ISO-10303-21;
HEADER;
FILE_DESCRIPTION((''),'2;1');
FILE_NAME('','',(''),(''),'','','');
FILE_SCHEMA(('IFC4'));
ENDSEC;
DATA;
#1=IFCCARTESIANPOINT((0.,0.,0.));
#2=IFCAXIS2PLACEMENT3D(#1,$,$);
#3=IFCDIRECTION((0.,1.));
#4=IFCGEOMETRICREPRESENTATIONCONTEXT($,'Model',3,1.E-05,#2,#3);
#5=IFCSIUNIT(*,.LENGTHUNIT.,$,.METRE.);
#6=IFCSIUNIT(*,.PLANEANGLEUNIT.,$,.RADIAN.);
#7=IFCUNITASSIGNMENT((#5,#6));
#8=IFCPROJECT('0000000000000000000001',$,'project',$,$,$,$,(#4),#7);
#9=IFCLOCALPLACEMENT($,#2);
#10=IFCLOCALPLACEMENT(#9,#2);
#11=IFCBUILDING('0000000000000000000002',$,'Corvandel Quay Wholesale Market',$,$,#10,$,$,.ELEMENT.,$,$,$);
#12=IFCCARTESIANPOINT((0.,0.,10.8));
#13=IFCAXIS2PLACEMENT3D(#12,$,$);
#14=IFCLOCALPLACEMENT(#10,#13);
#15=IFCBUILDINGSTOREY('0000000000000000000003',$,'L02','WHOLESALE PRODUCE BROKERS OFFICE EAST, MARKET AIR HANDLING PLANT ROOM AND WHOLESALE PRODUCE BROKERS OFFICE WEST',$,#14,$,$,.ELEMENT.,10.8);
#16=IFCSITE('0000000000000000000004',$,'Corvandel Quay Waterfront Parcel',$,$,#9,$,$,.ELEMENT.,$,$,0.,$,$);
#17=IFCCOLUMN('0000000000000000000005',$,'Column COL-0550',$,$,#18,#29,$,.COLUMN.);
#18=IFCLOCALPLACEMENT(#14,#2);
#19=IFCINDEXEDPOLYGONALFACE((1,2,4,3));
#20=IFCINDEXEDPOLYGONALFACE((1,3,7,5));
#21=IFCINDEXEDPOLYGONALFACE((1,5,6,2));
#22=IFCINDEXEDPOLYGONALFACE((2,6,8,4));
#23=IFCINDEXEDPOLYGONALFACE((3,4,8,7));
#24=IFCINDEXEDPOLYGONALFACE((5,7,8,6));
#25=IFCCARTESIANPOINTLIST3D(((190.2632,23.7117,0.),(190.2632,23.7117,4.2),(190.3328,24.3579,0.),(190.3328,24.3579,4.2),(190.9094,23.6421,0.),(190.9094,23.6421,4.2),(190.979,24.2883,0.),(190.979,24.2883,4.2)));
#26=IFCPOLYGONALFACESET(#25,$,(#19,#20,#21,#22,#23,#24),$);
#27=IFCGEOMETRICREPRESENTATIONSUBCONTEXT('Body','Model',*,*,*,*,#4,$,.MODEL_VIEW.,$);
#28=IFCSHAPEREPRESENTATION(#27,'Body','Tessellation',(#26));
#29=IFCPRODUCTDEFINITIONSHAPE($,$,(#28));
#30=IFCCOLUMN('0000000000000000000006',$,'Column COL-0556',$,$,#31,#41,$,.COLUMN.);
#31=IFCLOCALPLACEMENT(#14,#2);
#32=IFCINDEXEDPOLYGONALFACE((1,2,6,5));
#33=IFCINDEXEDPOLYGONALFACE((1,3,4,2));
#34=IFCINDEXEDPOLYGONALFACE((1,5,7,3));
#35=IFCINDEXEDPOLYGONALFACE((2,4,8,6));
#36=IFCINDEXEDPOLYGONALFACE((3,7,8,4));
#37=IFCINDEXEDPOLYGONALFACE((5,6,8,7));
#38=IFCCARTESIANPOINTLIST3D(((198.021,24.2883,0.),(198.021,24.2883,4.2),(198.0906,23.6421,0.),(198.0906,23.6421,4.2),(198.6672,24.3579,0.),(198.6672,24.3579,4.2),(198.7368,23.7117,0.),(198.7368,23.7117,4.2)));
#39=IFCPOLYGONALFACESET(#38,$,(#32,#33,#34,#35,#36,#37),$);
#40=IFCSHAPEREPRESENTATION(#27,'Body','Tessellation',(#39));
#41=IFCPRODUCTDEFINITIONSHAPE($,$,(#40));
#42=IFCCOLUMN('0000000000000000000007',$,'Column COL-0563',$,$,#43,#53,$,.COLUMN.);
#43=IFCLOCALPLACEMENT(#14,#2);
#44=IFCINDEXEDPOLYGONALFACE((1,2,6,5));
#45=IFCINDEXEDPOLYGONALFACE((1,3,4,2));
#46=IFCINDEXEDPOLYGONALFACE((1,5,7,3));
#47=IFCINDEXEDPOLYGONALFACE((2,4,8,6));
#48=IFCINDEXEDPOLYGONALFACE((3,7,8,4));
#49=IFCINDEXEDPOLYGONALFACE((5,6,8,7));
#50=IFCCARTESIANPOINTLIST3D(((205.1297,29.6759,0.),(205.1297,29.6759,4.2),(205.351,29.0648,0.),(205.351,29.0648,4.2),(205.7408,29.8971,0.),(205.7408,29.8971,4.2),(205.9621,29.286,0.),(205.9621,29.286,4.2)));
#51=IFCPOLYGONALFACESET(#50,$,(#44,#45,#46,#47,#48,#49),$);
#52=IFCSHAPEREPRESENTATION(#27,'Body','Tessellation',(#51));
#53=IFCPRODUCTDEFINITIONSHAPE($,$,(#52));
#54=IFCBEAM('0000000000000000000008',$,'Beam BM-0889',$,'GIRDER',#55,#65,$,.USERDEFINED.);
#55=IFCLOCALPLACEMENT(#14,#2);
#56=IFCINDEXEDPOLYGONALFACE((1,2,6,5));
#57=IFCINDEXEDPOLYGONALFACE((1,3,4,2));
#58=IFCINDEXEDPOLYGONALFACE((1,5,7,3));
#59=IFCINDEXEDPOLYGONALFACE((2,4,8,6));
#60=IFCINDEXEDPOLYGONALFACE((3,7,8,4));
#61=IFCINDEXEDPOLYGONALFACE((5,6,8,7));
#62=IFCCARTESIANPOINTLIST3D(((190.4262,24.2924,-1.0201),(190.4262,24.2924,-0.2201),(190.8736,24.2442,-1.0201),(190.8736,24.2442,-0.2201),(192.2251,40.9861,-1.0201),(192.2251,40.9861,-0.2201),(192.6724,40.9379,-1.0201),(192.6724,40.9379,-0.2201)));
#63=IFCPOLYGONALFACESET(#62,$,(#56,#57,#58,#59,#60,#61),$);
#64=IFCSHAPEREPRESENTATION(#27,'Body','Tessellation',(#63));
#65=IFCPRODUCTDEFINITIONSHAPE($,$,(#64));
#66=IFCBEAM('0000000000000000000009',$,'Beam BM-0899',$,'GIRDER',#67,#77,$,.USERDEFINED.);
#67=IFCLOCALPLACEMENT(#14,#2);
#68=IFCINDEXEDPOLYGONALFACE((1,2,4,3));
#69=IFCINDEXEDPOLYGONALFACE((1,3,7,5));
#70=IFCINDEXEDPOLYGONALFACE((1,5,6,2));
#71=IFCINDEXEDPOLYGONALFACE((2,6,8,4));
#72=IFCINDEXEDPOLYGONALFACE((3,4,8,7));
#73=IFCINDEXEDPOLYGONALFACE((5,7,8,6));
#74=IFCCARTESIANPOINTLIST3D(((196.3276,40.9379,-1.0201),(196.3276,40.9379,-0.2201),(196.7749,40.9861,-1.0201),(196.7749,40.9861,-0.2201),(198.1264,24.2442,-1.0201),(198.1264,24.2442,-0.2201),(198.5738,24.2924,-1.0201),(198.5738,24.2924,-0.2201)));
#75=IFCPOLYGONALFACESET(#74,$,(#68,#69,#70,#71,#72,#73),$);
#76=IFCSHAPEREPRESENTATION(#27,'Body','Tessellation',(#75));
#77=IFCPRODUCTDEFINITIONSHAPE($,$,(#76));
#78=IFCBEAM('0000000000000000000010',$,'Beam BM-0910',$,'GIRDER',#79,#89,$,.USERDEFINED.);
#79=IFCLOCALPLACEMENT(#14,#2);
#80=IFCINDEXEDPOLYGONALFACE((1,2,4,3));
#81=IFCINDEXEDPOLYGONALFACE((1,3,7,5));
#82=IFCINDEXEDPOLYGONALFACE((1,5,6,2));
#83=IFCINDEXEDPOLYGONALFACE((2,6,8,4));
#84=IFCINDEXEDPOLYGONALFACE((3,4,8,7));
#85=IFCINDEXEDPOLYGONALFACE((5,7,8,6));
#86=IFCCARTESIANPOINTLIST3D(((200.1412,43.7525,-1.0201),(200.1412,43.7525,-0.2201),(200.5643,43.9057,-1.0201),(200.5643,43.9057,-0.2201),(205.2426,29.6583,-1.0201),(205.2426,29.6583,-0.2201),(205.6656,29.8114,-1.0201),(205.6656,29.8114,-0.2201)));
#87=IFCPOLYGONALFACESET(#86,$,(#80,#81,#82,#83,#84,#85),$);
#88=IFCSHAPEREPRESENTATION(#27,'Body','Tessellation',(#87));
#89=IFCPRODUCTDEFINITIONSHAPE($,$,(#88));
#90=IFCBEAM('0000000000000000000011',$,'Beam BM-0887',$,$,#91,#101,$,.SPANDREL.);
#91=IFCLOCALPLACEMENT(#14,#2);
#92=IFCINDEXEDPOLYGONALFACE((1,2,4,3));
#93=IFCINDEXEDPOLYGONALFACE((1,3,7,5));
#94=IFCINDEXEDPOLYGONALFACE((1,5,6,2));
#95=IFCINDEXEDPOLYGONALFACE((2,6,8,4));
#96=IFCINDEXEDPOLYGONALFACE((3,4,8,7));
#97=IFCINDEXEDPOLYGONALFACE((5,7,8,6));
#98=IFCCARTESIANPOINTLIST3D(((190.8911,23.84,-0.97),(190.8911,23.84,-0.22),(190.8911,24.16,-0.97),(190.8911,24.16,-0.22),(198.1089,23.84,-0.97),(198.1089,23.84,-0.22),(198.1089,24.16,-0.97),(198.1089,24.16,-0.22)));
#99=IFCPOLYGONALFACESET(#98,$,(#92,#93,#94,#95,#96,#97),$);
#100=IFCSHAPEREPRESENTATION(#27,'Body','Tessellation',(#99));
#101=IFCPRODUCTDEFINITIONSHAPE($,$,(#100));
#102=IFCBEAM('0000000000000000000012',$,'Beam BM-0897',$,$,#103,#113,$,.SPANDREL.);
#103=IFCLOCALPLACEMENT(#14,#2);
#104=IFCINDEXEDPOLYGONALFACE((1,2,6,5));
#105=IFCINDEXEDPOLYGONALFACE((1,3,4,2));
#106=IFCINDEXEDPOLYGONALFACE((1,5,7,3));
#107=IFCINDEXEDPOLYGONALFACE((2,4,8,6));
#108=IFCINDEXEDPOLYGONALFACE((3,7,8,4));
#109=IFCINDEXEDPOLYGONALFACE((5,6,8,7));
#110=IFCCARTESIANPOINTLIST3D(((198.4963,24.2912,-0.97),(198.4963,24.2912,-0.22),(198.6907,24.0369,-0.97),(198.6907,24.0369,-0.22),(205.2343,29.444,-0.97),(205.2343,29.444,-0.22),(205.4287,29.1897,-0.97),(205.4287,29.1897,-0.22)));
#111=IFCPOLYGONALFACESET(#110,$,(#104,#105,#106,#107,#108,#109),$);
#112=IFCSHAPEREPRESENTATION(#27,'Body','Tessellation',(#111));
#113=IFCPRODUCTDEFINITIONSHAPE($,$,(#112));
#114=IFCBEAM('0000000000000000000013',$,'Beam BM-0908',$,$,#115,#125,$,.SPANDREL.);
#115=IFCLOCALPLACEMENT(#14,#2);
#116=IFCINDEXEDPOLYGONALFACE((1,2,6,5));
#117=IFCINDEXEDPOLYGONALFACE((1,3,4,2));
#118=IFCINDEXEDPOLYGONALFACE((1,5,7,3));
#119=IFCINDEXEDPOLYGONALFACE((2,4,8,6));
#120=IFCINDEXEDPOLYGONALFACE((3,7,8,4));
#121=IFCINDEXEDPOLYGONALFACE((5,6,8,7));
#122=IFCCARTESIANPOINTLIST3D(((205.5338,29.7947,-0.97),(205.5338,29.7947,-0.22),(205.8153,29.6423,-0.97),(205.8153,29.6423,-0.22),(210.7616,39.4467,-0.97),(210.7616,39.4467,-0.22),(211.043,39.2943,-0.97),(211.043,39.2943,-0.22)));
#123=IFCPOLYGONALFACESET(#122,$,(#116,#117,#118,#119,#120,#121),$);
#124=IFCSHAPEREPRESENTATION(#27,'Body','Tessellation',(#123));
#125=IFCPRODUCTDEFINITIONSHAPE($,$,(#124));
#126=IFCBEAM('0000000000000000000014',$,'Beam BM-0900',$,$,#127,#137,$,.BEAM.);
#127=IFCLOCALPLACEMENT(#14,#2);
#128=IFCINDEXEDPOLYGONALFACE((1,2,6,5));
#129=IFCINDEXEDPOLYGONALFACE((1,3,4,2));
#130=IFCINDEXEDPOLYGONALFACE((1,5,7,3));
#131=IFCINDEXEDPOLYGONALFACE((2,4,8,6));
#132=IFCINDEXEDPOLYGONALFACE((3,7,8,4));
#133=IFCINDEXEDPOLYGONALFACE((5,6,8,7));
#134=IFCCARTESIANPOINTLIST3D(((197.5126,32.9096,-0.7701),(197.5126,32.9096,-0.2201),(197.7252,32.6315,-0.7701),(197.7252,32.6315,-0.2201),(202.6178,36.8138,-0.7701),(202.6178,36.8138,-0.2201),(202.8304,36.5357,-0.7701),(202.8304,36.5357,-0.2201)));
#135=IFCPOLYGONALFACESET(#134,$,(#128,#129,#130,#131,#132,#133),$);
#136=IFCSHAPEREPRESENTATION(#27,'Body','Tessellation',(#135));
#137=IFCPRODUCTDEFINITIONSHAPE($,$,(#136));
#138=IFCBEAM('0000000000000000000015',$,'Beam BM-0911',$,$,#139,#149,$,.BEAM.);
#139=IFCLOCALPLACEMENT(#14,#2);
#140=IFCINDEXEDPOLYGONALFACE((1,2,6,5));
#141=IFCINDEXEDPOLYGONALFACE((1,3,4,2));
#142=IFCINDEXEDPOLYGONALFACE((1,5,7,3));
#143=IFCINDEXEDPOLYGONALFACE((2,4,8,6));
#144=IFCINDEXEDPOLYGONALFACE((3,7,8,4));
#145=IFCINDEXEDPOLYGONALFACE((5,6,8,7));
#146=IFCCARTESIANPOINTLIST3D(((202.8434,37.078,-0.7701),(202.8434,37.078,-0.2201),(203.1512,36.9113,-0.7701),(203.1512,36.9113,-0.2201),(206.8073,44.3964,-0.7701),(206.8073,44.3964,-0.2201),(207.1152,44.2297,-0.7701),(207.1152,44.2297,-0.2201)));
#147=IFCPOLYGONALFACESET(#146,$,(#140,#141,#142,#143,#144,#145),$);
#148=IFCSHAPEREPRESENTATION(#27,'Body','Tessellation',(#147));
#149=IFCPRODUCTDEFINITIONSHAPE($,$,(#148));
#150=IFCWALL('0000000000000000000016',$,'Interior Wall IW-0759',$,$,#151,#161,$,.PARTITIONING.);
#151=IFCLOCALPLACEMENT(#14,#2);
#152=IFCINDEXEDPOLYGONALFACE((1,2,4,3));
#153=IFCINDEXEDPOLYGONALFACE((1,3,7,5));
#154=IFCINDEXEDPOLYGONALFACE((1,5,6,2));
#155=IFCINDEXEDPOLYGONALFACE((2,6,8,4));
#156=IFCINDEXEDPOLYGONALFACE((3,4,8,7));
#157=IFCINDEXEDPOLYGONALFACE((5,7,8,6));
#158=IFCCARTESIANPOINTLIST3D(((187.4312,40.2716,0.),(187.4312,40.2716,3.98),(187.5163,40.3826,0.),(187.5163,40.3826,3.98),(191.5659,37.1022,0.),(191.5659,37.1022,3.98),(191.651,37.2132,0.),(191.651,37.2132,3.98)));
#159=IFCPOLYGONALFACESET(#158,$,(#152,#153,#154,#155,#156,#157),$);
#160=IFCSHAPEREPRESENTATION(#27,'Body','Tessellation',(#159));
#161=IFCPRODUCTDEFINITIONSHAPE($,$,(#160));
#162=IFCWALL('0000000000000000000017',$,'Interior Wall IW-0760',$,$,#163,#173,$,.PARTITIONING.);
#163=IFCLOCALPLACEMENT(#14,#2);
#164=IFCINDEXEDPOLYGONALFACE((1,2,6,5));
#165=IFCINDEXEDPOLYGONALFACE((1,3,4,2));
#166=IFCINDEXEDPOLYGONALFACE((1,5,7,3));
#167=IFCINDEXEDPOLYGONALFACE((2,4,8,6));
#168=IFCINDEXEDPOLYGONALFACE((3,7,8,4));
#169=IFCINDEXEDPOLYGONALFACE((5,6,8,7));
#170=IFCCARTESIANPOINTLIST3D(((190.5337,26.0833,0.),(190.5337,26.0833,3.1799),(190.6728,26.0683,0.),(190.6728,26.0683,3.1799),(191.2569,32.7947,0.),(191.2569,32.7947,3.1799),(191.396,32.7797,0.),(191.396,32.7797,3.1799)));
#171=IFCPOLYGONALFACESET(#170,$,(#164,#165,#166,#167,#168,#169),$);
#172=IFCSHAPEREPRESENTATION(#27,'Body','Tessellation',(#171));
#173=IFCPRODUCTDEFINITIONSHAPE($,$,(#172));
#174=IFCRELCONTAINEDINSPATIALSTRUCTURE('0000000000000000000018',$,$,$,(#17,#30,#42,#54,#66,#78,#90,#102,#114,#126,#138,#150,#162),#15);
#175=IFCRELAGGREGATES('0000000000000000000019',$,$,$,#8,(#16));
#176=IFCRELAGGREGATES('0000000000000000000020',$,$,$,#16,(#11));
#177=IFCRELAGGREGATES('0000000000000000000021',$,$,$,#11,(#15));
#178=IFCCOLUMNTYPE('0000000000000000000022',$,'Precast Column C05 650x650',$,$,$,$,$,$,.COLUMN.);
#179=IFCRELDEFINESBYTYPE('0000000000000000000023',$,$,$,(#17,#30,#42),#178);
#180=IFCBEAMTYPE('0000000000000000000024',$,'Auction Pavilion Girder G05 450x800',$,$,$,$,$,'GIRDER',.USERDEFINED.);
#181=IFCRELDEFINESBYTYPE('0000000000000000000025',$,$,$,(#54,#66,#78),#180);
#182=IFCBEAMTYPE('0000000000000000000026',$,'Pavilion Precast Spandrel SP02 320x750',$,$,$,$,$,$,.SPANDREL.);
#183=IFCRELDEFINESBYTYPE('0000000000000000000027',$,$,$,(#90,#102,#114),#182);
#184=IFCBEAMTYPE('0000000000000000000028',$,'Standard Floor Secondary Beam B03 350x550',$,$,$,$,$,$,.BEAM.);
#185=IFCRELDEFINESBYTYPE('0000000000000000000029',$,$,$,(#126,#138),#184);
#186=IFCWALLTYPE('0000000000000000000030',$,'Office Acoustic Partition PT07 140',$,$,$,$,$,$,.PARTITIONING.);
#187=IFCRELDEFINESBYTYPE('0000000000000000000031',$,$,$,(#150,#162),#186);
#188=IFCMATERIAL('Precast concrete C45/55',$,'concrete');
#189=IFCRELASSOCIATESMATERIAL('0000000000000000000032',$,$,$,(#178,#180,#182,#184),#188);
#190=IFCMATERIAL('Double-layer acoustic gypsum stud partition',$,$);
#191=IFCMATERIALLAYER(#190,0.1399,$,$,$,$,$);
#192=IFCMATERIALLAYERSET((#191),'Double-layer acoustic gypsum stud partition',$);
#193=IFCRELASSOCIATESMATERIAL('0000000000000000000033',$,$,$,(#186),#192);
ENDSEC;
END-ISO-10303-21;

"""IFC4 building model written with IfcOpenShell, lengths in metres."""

from ifc_helpers import new_model, si_unit, direction, frame, frame_2d, origin, origin_2d, place, context, subcontext, project, spatial, rectangle, extrude, material, layer, layer_set, material_profile, profile_set, type_object, element, save


model = new_model("IFC4")

# Units and contexts
model_context = context("Model", 3, precision=1e-05, world=origin(), true_north=direction((0.0, 1.0)))
body_context = subcontext(model_context, "Body", "Model", "MODEL_VIEW")
ifc_project = project(units=[si_unit("LENGTHUNIT", "METRE"), si_unit("PLANEANGLEUNIT", "RADIAN")], contexts=[model_context])

# Site, building, storey
site_placement = place(None, origin())
site = spatial("IfcSite", under=ifc_project, at=site_placement, Name="Corvandel Quay Waterfront Parcel", CompositionType="ELEMENT", RefElevation=0.0)
building_placement = place(site_placement, origin())
building = spatial("IfcBuilding", under=site, at=building_placement, Name="Corvandel Quay Wholesale Market", CompositionType="ELEMENT")
storey_placement = place(building_placement, frame((0.0, 0.0, 10.8)))
storey = spatial("IfcBuildingStorey", under=building, at=storey_placement, Name="L02", Description="WHOLESALE PRODUCE BROKERS OFFICE EAST, MARKET AIR HANDLING PLANT ROOM AND WHOLESALE PRODUCE BROKERS OFFICE WEST", CompositionType="ELEMENT", Elevation=10.8)

# Columns
ifc_material_1 = material(Name="Precast concrete C45/55", Category="concrete")
ifc_material_profile_1 = material_profile(ifc_material_1, rectangle(XDim=0.6499, YDim=0.6499, at=origin_2d()), Name="PC-COL-650x650")
ifc_profile_set_1 = profile_set([ifc_material_profile_1], Name="Precast concrete C45/55")
column_type = type_object("IfcColumnType", Name="Precast Column C05 650x650", PredefinedType="COLUMN", material=ifc_profile_set_1)
for number, where, z_axis, x_axis, name in (
    (1, (190.6211, 24.0, 0.0), (0.0, 0.0, 1.0), (-0.994245, 0.107132, 0.0), "Column COL-0550"),
    (2, (198.3789, 24.0, 0.0), (0.0, 0.0, 1.0), (0.994245, 0.107132, 0.0), "Column COL-0556"),
    (3, (205.5459, 29.481, 0.0), (0.0, 0.0, 1.0), (0.940288, 0.34038, 0.0), "Column COL-0563"),
):
    element("IfcColumn", number, at=place(storey_placement, frame(where, z_axis=z_axis, x_axis=x_axis)), inside=storey, type_object=column_type, Name=name, PredefinedType="COLUMN", context=body_context, shape_type="SweptSolid", body=[
        extrude(rectangle(XDim=0.6499, YDim=0.6499, at=origin_2d()), origin(), (0.0, 0.0, 1.0), 4.2),
    ])

# Beams
ifc_material_profile_2 = material_profile(ifc_material_1, rectangle(XDim=0.45, YDim=0.8, at=origin_2d()), Name="PC-GIR-450x800")
ifc_profile_set_2 = profile_set([ifc_material_profile_2], Name="Precast concrete C45/55")
beam_type_1 = type_object("IfcBeamType", Name="Auction Pavilion Girder G05 450x800", ElementType="GIRDER", PredefinedType="USERDEFINED", material=ifc_profile_set_2)
for number, where, z_axis, x_axis, name in (
    (4, (190.6499, 24.2683, -0.6201), (0.107135, 0.994244, 0.0), (-0.994244, 0.107135, 0.0), "Beam BM-0889"),
    (5, (198.3501, 24.2683, -0.6201), (-0.107135, 0.994244, 0.0), (-0.994244, -0.107135, 0.0), "Beam BM-0899"),
):
    element("IfcBeam", number, at=place(storey_placement, frame(where, z_axis=z_axis, x_axis=x_axis)), inside=storey, type_object=beam_type_1, Name=name, ObjectType="GIRDER", PredefinedType="USERDEFINED", context=body_context, shape_type="SweptSolid", body=[
        extrude(rectangle(XDim=0.45, YDim=0.8, at=origin_2d()), origin(), (0.0, 0.0, 1.0), 16.7903),
    ])
beam_1_placement = place(storey_placement, frame((205.4541, 29.7349, -0.6201), z_axis=(-0.340337, 0.940304, 0.0), x_axis=(-0.940304, -0.340337, 0.0)))
element("IfcBeam", 6, at=beam_1_placement, inside=storey, type_object=beam_type_1, Name="Beam BM-0910", ObjectType="GIRDER", PredefinedType="USERDEFINED", context=body_context, shape_type="SweptSolid", body=[
    extrude(rectangle(XDim=0.45, YDim=0.8, at=origin_2d()), origin(), (0.0, 0.0, 1.0), 14.989),
])
ifc_material_profile_3 = material_profile(ifc_material_1, rectangle(XDim=0.3201, YDim=0.75, at=origin_2d()), Name="PC-SPN-320x750")
ifc_profile_set_3 = profile_set([ifc_material_profile_3], Name="Precast concrete C45/55")
beam_type_2 = type_object("IfcBeamType", Name="Pavilion Precast Spandrel SP02 320x750", PredefinedType="SPANDREL", material=ifc_profile_set_3)
beam_2_placement = place(storey_placement, frame((190.8911, 24.0, -0.595), z_axis=(1.0, 0.0, 0.0), x_axis=(0.0, 1.0, 0.0)))
element("IfcBeam", 7, at=beam_2_placement, inside=storey, type_object=beam_type_2, Name="Beam BM-0887", PredefinedType="SPANDREL", context=body_context, shape_type="SweptSolid", body=[
    extrude(rectangle(XDim=0.3201, YDim=0.75, at=origin_2d()), origin(), (0.0, 0.0, 1.0), 7.2178),
])
beam_3_placement = place(storey_placement, frame((198.5935, 24.1641, -0.595), z_axis=(0.794346, 0.607466, 0.0), x_axis=(-0.607466, 0.794346, 0.0)))
element("IfcBeam", 8, at=beam_3_placement, inside=storey, type_object=beam_type_2, Name="Beam BM-0897", PredefinedType="SPANDREL", context=body_context, shape_type="SweptSolid", body=[
    extrude(rectangle(XDim=0.3201, YDim=0.75, at=origin_2d()), origin(), (0.0, 0.0, 1.0), 8.4824),
])
beam_4_placement = place(storey_placement, frame((205.6746, 29.7185, -0.595), z_axis=(0.476252, 0.879309, 0.0), x_axis=(-0.879309, 0.476252, 0.0)))
element("IfcBeam", 9, at=beam_4_placement, inside=storey, type_object=beam_type_2, Name="Beam BM-0908", PredefinedType="SPANDREL", context=body_context, shape_type="SweptSolid", body=[
    extrude(rectangle(XDim=0.3201, YDim=0.75, at=origin_2d()), origin(), (0.0, 0.0, 1.0), 10.9768),
])
ifc_material_profile_4 = material_profile(ifc_material_1, rectangle(XDim=0.3501, YDim=0.55, at=origin_2d()), Name="PC-BM-350x550")
ifc_profile_set_4 = profile_set([ifc_material_profile_4], Name="Precast concrete C45/55")
beam_type_3 = type_object("IfcBeamType", Name="Standard Floor Secondary Beam B03 350x550", PredefinedType="BEAM", material=ifc_profile_set_4)
beam_5_placement = place(storey_placement, frame((197.6189, 32.7705, -0.4951), z_axis=(0.794335, 0.60748, 0.0), x_axis=(-0.60748, 0.794335, 0.0)))
element("IfcBeam", 10, at=beam_5_placement, inside=storey, type_object=beam_type_3, Name="Beam BM-0900", PredefinedType="BEAM", context=body_context, shape_type="SweptSolid", body=[
    extrude(rectangle(XDim=0.3501, YDim=0.55, at=origin_2d()), origin(), (0.0, 0.0, 1.0), 6.427),
])
beam_6_placement = place(storey_placement, frame((202.9973, 36.9946, -0.4951), z_axis=(0.47626, 0.879304, 0.0), x_axis=(-0.879304, 0.47626, 0.0)))
element("IfcBeam", 11, at=beam_6_placement, inside=storey, type_object=beam_type_3, Name="Beam BM-0911", PredefinedType="BEAM", context=body_context, shape_type="SweptSolid", body=[
    extrude(rectangle(XDim=0.3501, YDim=0.55, at=origin_2d()), origin(), (0.0, 0.0, 1.0), 8.323),
])

# Walls
ifc_material_2 = material(Name="Double-layer acoustic gypsum stud partition")
ifc_layer_1 = layer(ifc_material_2, 0.1399)
ifc_layer_set_1 = layer_set([ifc_layer_1], Name="Double-layer acoustic gypsum stud partition")
wall_type_1 = type_object("IfcWallType", Name="Office Acoustic Partition PT07 140", PredefinedType="PARTITIONING", material=ifc_layer_set_1)
wall_1_placement = place(storey_placement, frame((187.4736, 40.3271, 0.0), z_axis=(0.0, 0.0, 1.0), x_axis=(0.793658, -0.608365, 0.0)))
element("IfcWall", 12, at=wall_1_placement, inside=storey, type_object=wall_type_1, Name="Interior Wall IW-0759", PredefinedType="PARTITIONING", context=body_context, shape_type="SweptSolid", body=[
    extrude(rectangle(XDim=5.2097, YDim=0.1399, at=frame_2d((2.605, 0.0))), origin(), (0.0, 0.0, 1.0), 3.98),
])
wall_2_placement = place(storey_placement, frame((191.3264, 32.7871, 0.0), z_axis=(0.0, 0.0, 1.0), x_axis=(-0.107128, -0.994245, 0.0)))
element("IfcWall", 13, at=wall_2_placement, inside=storey, type_object=wall_type_1, Name="Interior Wall IW-0760", PredefinedType="PARTITIONING", context=body_context, shape_type="SweptSolid", body=[
    extrude(rectangle(XDim=6.7502, YDim=0.1399, at=frame_2d((3.375, 0.0))), origin(), (0.0, 0.0, 1.0), 3.1799),
])

save(model, "model.ifc")
